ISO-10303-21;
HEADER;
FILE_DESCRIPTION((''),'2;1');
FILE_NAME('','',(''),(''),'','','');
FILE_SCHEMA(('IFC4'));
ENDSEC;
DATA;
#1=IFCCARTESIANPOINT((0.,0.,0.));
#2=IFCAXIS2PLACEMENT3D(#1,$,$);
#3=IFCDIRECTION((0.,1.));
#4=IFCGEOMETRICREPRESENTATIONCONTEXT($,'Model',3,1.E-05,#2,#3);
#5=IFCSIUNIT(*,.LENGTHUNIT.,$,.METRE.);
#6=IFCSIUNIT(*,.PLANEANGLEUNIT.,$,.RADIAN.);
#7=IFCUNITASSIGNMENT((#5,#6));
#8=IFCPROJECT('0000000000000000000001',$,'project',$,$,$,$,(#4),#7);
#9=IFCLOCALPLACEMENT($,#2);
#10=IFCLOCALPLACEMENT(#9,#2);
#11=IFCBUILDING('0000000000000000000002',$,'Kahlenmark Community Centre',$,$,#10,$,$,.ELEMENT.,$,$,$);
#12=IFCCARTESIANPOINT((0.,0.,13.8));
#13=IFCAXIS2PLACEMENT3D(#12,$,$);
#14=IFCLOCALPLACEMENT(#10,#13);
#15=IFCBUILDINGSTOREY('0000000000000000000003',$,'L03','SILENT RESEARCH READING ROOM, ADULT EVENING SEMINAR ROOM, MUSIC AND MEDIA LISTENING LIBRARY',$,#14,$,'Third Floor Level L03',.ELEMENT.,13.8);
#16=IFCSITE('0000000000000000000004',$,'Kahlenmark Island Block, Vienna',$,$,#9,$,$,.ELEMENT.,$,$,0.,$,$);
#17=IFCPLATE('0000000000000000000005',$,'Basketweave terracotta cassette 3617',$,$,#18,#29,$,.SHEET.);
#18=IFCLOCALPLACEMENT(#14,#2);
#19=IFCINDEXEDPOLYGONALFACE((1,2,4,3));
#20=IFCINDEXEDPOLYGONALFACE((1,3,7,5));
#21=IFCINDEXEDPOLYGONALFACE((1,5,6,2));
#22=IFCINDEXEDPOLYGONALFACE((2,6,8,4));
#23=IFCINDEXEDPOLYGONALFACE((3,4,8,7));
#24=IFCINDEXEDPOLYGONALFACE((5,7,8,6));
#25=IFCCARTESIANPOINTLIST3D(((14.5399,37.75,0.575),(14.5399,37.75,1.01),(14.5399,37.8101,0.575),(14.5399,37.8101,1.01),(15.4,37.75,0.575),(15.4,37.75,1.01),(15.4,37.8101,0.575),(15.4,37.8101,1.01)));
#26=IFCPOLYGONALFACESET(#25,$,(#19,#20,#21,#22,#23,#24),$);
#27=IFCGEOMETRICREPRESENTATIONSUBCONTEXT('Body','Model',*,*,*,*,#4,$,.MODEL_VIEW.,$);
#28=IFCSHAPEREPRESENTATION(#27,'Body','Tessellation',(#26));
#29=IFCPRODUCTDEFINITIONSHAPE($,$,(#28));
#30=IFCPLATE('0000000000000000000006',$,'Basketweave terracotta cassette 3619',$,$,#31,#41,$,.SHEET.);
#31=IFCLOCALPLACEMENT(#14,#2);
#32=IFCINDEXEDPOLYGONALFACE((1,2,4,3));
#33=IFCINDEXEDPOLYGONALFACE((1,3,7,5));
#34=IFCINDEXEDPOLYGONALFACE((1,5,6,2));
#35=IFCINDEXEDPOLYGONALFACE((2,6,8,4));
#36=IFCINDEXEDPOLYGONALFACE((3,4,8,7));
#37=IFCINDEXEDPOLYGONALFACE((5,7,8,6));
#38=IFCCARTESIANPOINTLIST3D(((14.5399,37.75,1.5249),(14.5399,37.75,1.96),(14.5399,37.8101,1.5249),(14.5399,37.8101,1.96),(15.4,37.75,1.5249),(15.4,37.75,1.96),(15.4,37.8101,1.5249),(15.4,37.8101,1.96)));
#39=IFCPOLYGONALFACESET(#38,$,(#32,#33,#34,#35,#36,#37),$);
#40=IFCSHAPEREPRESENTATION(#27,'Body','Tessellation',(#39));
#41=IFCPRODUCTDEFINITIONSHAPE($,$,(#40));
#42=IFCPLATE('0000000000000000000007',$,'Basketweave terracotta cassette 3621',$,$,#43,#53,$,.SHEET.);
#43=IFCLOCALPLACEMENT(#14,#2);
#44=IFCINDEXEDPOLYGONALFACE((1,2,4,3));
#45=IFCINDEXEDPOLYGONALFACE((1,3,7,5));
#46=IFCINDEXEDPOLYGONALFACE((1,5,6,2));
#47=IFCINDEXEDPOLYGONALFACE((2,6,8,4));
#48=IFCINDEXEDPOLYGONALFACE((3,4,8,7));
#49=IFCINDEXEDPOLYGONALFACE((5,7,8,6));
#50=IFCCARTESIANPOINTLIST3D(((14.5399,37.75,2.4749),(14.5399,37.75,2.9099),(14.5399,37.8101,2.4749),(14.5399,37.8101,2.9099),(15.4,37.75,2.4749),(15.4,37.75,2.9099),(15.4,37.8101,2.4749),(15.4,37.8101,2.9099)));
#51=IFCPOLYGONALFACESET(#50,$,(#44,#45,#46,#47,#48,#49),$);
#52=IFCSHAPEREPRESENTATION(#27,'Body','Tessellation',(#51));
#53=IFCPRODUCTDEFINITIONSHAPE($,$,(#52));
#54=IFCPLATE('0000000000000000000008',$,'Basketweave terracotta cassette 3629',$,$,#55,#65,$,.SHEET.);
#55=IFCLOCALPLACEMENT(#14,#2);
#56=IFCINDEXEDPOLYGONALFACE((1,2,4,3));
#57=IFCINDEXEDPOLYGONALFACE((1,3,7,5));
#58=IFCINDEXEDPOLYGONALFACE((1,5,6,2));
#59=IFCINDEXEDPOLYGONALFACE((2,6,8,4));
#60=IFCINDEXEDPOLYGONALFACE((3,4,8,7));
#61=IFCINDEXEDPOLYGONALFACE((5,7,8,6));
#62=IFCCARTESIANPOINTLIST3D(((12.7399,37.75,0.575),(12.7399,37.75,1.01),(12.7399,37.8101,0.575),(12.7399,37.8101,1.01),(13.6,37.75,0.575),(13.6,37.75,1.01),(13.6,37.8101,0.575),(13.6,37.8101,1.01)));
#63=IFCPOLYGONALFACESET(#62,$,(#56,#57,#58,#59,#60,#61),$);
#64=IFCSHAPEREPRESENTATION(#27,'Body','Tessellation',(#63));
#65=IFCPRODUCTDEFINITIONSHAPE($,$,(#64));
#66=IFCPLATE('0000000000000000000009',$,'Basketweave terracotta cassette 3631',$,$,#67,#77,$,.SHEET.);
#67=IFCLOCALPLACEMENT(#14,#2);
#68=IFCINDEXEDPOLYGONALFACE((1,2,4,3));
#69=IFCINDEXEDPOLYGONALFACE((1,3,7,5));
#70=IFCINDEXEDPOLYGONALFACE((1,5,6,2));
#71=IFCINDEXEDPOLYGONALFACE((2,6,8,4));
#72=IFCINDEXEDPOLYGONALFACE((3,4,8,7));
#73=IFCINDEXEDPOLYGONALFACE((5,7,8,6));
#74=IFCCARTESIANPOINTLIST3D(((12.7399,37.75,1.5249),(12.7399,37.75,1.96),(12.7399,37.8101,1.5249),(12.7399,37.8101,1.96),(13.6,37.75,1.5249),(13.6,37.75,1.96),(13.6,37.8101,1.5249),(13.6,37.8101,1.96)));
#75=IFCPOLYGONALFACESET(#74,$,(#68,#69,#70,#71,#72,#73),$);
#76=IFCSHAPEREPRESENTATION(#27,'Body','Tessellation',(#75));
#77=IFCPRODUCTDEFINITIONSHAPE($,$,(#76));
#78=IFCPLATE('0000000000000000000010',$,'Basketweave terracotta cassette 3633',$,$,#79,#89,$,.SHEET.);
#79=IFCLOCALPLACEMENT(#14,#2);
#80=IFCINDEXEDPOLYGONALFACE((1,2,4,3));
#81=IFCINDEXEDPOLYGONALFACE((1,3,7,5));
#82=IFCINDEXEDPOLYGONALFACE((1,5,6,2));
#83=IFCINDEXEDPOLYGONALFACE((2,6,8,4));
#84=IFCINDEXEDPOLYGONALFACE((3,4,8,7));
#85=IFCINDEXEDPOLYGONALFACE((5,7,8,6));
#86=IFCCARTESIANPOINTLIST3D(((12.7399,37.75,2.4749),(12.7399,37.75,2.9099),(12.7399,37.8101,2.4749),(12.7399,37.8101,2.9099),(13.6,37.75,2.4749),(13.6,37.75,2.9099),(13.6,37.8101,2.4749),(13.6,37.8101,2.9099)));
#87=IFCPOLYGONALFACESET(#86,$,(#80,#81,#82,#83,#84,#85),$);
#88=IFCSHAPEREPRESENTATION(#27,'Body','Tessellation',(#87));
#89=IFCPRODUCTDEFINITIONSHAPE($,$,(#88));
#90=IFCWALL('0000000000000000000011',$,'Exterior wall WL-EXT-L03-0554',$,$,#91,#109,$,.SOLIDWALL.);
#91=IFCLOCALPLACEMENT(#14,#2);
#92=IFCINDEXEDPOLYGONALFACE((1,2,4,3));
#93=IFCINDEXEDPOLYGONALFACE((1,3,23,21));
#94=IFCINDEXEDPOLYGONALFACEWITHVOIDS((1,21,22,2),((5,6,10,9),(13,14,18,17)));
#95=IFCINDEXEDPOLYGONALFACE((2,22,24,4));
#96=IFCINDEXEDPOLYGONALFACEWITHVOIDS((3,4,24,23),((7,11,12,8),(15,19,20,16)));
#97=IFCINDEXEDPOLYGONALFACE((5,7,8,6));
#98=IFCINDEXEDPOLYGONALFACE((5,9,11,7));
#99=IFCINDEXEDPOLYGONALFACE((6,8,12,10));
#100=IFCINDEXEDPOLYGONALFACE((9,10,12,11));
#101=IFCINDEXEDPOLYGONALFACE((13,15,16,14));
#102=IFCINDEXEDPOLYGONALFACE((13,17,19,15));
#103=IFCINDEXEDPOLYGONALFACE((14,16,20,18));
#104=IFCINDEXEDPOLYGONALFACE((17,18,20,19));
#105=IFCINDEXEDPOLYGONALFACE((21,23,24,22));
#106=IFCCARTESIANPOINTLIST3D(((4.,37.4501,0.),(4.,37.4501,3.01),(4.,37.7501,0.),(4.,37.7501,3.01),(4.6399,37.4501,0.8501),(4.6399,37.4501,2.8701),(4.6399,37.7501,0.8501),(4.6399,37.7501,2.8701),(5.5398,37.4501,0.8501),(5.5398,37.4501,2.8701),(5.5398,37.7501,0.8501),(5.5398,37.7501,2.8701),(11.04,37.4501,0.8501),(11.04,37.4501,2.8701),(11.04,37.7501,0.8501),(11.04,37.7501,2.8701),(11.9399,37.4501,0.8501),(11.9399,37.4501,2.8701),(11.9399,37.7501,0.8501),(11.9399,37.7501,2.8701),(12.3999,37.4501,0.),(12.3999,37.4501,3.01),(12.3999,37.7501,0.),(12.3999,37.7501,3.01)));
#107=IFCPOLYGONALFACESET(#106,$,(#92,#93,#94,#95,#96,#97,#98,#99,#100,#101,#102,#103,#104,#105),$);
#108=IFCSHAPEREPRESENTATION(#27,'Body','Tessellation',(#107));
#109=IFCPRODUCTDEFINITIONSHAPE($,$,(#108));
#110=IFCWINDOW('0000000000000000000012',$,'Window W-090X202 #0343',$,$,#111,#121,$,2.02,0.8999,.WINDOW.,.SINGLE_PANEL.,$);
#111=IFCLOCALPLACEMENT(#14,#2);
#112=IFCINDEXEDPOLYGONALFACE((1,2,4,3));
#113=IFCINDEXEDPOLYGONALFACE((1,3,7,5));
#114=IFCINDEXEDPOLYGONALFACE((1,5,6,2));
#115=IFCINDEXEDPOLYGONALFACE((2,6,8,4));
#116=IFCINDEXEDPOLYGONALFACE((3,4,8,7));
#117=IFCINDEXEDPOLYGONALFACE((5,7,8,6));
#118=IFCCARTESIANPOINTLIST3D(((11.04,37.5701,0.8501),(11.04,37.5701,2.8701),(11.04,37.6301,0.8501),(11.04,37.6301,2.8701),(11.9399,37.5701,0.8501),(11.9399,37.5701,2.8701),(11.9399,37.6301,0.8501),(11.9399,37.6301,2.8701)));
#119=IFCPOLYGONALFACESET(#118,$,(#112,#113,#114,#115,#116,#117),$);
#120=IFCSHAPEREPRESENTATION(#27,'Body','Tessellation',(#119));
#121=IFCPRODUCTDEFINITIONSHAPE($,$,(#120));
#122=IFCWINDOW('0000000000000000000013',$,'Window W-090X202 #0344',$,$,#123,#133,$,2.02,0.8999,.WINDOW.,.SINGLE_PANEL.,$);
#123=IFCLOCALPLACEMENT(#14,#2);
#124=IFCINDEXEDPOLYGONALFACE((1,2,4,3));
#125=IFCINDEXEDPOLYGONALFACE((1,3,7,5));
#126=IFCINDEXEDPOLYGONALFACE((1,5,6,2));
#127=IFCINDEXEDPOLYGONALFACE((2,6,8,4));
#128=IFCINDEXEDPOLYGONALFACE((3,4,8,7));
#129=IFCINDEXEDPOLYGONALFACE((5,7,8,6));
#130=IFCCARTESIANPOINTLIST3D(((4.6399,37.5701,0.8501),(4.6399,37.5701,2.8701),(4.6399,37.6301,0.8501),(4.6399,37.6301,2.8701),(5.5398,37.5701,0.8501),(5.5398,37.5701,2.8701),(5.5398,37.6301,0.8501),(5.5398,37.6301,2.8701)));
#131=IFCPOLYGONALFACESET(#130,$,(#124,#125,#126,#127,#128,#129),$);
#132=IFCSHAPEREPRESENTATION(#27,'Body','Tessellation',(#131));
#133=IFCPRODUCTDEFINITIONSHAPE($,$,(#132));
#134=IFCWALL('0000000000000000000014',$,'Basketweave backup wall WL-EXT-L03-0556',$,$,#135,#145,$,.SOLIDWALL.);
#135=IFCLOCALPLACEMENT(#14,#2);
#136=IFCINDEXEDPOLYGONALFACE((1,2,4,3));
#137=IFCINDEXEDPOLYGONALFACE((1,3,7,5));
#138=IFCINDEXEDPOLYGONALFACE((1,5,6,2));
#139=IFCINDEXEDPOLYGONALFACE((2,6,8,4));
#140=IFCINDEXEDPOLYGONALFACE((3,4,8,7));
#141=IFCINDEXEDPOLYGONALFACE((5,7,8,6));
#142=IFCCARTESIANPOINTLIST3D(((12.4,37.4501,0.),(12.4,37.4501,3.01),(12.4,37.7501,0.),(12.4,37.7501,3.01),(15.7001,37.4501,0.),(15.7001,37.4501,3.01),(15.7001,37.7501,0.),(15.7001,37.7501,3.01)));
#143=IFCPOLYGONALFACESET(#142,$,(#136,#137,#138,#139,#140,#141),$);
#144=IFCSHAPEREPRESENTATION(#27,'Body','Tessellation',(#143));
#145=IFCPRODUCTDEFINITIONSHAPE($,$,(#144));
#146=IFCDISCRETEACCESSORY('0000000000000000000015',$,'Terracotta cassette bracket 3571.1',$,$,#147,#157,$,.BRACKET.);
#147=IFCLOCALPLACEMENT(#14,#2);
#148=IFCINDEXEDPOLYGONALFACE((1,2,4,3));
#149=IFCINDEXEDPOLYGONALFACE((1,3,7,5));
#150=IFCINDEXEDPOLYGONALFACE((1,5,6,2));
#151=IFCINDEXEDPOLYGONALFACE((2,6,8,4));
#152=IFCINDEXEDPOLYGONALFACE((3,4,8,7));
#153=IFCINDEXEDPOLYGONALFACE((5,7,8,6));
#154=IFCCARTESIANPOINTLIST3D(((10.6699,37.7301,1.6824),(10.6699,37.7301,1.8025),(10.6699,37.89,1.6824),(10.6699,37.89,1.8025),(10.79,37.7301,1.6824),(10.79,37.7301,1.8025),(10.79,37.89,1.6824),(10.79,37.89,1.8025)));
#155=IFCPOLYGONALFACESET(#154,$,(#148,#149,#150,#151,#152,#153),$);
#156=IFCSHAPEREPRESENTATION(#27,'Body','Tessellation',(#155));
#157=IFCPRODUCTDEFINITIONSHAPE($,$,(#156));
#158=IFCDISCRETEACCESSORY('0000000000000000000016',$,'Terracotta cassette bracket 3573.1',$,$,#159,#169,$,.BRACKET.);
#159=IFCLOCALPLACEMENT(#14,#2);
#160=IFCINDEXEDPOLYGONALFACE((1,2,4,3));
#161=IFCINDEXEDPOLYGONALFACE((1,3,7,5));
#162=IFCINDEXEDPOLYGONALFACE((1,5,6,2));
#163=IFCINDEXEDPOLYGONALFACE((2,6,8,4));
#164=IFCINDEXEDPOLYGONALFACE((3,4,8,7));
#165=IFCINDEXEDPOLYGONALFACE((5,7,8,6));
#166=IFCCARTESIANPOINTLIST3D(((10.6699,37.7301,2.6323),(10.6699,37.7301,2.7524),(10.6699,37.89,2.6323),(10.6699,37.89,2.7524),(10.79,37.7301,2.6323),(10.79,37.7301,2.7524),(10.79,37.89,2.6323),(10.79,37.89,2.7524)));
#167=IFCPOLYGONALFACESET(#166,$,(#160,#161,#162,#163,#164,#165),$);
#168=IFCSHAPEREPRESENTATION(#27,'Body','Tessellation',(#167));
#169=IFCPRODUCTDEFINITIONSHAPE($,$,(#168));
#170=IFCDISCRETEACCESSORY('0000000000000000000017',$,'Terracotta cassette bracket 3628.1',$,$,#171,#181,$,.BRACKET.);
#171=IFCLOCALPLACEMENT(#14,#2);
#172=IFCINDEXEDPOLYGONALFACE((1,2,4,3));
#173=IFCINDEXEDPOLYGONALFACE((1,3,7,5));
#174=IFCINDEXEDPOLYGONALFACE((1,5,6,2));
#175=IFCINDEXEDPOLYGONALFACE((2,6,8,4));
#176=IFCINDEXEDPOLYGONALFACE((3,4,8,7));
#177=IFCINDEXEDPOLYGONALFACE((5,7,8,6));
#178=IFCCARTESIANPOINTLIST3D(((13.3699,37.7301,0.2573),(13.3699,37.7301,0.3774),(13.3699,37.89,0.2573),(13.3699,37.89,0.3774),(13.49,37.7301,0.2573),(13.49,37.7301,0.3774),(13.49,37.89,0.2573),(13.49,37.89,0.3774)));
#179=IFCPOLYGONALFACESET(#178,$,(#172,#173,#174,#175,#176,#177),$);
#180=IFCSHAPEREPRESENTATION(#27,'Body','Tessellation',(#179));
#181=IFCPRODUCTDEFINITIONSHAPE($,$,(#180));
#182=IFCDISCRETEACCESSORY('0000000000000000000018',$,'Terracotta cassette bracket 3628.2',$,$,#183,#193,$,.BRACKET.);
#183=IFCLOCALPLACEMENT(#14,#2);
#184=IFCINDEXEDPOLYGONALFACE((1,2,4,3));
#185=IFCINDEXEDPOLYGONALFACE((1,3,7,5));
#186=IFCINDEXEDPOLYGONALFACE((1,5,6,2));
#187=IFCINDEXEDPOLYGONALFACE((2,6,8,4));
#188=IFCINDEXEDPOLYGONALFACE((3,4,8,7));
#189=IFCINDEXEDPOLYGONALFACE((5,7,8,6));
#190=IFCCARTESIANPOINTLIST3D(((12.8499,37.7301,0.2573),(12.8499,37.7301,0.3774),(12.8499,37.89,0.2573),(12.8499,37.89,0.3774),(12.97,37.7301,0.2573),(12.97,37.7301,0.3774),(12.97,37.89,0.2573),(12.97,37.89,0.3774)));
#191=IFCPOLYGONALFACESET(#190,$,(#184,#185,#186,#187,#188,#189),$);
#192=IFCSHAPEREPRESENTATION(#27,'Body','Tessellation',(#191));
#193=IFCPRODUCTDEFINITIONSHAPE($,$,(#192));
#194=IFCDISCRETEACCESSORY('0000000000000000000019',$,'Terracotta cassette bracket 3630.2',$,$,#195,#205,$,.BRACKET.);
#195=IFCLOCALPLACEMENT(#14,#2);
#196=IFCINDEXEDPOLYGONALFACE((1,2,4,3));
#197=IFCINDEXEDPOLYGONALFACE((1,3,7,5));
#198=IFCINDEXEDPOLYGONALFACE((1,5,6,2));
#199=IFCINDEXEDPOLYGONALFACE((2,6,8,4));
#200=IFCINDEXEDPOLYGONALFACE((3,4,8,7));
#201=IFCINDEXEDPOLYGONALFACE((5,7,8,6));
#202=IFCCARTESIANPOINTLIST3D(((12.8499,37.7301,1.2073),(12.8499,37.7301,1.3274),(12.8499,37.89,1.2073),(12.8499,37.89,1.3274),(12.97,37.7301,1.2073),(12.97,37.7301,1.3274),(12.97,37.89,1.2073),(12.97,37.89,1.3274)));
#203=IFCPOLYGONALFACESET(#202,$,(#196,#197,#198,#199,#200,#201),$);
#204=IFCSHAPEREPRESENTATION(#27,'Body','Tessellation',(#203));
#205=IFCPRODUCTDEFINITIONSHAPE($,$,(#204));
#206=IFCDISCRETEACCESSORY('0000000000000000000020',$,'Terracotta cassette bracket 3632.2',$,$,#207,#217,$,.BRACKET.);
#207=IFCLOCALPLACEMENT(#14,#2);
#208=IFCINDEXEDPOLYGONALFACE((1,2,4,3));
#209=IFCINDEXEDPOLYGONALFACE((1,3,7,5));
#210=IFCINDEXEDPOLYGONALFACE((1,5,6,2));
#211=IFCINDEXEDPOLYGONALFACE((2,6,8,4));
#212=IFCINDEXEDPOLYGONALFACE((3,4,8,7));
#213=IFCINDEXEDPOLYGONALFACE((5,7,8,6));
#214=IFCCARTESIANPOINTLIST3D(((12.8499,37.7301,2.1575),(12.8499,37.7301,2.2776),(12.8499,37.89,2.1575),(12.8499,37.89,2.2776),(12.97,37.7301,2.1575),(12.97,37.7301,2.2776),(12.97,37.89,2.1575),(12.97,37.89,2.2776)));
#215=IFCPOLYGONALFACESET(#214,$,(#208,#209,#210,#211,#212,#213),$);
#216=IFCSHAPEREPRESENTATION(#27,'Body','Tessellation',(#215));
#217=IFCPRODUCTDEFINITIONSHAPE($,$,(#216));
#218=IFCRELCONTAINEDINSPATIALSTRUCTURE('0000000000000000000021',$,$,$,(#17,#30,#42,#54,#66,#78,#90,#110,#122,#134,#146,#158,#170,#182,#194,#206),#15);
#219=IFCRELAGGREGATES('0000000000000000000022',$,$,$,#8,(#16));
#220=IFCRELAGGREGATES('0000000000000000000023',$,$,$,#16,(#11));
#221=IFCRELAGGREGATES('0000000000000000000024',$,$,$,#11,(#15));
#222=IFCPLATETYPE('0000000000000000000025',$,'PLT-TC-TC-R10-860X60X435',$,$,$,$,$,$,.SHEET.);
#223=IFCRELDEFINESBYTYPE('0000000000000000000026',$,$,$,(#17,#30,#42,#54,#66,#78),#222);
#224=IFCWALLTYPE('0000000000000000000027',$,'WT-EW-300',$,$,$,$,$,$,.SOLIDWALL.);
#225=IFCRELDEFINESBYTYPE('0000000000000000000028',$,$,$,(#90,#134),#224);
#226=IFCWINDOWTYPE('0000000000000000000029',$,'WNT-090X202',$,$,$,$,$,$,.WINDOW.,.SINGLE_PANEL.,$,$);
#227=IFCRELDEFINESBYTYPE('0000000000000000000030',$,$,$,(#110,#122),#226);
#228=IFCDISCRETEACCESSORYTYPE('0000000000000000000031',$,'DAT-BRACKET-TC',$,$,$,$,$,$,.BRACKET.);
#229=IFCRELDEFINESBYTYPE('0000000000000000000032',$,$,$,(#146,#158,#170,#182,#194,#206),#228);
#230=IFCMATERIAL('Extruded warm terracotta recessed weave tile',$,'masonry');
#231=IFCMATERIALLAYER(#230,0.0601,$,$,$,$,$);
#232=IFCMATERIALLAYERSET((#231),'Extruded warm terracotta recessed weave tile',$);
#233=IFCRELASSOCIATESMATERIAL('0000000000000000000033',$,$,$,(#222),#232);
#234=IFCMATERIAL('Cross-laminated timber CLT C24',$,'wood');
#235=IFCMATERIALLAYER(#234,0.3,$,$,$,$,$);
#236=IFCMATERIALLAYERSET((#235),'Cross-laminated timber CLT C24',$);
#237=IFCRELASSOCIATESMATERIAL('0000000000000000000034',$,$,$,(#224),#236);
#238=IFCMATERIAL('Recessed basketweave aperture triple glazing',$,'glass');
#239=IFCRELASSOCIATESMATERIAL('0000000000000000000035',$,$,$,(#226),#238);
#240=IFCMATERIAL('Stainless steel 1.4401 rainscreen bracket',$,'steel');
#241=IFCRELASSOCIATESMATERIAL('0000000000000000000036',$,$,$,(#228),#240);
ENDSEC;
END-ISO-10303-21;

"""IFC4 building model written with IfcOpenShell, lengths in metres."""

from ifc_helpers import new_model, si_unit, direction, frame, frame_2d, origin, origin_2d, place, context, subcontext, project, spatial, rectangle, extrude, material, layer, layer_set, type_object, element, fill, save


model = new_model("IFC4")

# Units and contexts
model_context = context("Model", 3, precision=1e-05, world=origin(), true_north=direction((0.0, 1.0)))
body_context = subcontext(model_context, "Body", "Model", "MODEL_VIEW")
ifc_project = project(units=[si_unit("LENGTHUNIT", "METRE"), si_unit("PLANEANGLEUNIT", "RADIAN")], contexts=[model_context])

# Site, building, storey
site_placement = place(None, origin())
site = spatial("IfcSite", under=ifc_project, at=site_placement, Name="Kahlenmark Island Block, Vienna", CompositionType="ELEMENT", RefElevation=0.0)
building_placement = place(site_placement, origin())
building = spatial("IfcBuilding", under=site, at=building_placement, Name="Kahlenmark Community Centre", CompositionType="ELEMENT")
storey_placement = place(building_placement, frame((0.0, 0.0, 13.8)))
storey = spatial("IfcBuildingStorey", under=building, at=storey_placement, Name="L03", Description="SILENT RESEARCH READING ROOM, ADULT EVENING SEMINAR ROOM, MUSIC AND MEDIA LISTENING LIBRARY", LongName="Third Floor Level L03", CompositionType="ELEMENT", Elevation=13.8)

# Plates
ifc_material_1 = material(Name="Extruded warm terracotta recessed weave tile", Category="masonry")
ifc_layer_1 = layer(ifc_material_1, 0.0601)
ifc_layer_set_1 = layer_set([ifc_layer_1], Name="Extruded warm terracotta recessed weave tile")
plate_type_1 = type_object("IfcPlateType", Name="PLT-TC-TC-R10-860X60X435", PredefinedType="SHEET", material=ifc_layer_set_1)
for number, where, z_axis, x_axis, name in (
    (1, (14.97, 37.78, 0.575), (0.0, 0.0, 1.0), (-1.0, 0.0, 0.0), "Basketweave terracotta cassette 3617"),
    (2, (14.97, 37.78, 1.5249), (0.0, 0.0, 1.0), (-1.0, 0.0, 0.0), "Basketweave terracotta cassette 3619"),
    (3, (14.97, 37.78, 2.4749), (0.0, 0.0, 1.0), (-1.0, 0.0, 0.0), "Basketweave terracotta cassette 3621"),
    (4, (13.1699, 37.78, 0.575), (0.0, 0.0, 1.0), (-1.0, 0.0, 0.0), "Basketweave terracotta cassette 3629"),
    (5, (13.1699, 37.78, 1.5249), (0.0, 0.0, 1.0), (-1.0, 0.0, 0.0), "Basketweave terracotta cassette 3631"),
    (6, (13.1699, 37.78, 2.4749), (0.0, 0.0, 1.0), (-1.0, 0.0, 0.0), "Basketweave terracotta cassette 3633"),
):
    element("IfcPlate", number, at=place(storey_placement, frame(where, z_axis=z_axis, x_axis=x_axis)), inside=storey, type_object=plate_type_1, Name=name, PredefinedType="SHEET", context=body_context, shape_type="SweptSolid", body=[
        extrude(rectangle(XDim=0.8601, YDim=0.0601, at=origin_2d()), origin(), (0.0, 0.0, 1.0), 0.4351),
    ])

# Wall, openings, windows
ifc_material_2 = material(Name="Cross-laminated timber CLT C24", Category="wood")
ifc_layer_2 = layer(ifc_material_2, 0.3)
ifc_layer_set_2 = layer_set([ifc_layer_2], Name="Cross-laminated timber CLT C24")
wall_type = type_object("IfcWallType", Name="WT-EW-300", PredefinedType="SOLIDWALL", material=ifc_layer_set_2)
wall_1_placement = place(storey_placement, frame((12.3999, 37.6001, 0.0), z_axis=(0.0, 0.0, 1.0), x_axis=(-1.0, 0.0, 0.0)))
wall_1 = element("IfcWall", 7, at=wall_1_placement, inside=storey, type_object=wall_type, Name="Exterior wall WL-EXT-L03-0554", PredefinedType="SOLIDWALL", context=body_context, shape_type="SweptSolid", body=[
    extrude(rectangle(XDim=8.3999, YDim=0.3, at=frame_2d((4.2, 0.0))), origin(), (0.0, 0.0, 1.0), 3.01),
])
opening_1_placement = place(wall_1_placement, frame((0.46, 0.0, 0.8501)))
opening_1 = element("IfcOpeningElement", 8, at=opening_1_placement, cuts=wall_1, PredefinedType="OPENING", context=body_context, shape_type="SweptSolid", body=[
    extrude(rectangle(XDim=0.8999, YDim=2.02, at=frame_2d((0.45, 1.01))), frame((0.0, 0.1599, 0.0), z_axis=(0.0, -1.0, 0.0), x_axis=(1.0, 0.0, 0.0)), (0.0, 0.0, 1.0), 0.3201),
])
opening_2_placement = place(wall_1_placement, frame((6.8601, 0.0, 0.8501)))
opening_2 = element("IfcOpeningElement", 9, at=opening_2_placement, cuts=wall_1, PredefinedType="OPENING", context=body_context, shape_type="SweptSolid", body=[
    extrude(rectangle(XDim=0.8999, YDim=2.02, at=frame_2d((0.45, 1.01))), frame((0.0, 0.1599, 0.0), z_axis=(0.0, -1.0, 0.0), x_axis=(1.0, 0.0, 0.0)), (0.0, 0.0, 1.0), 0.3201),
])
ifc_material_3 = material(Name="Recessed basketweave aperture triple glazing", Category="glass")
window_type = type_object("IfcWindowType", Name="WNT-090X202", PartitioningType="SINGLE_PANEL", PredefinedType="WINDOW", material=ifc_material_3)
window_1_placement = place(opening_1_placement, origin())
window_1 = element("IfcWindow", 10, at=window_1_placement, inside=storey, type_object=window_type, Name="Window W-090X202 #0343", OverallHeight=2.02, OverallWidth=0.8999, PartitioningType="SINGLE_PANEL", PredefinedType="WINDOW", context=body_context, shape_type="SweptSolid", body=[
    extrude(rectangle(XDim=0.8999, YDim=2.02, at=frame_2d((0.45, 1.01))), frame((0.0, 0.03, 0.0), z_axis=(0.0, -1.0, 0.0), x_axis=(1.0, 0.0, 0.0)), (0.0, 0.0, 1.0), 0.0601),
])
fill(opening_1, window_1)
window_2_placement = place(opening_2_placement, origin())
window_2 = element("IfcWindow", 11, at=window_2_placement, inside=storey, type_object=window_type, Name="Window W-090X202 #0344", OverallHeight=2.02, OverallWidth=0.8999, PartitioningType="SINGLE_PANEL", PredefinedType="WINDOW", context=body_context, shape_type="SweptSolid", body=[
    extrude(rectangle(XDim=0.8999, YDim=2.02, at=frame_2d((0.45, 1.01))), frame((0.0, 0.03, 0.0), z_axis=(0.0, -1.0, 0.0), x_axis=(1.0, 0.0, 0.0)), (0.0, 0.0, 1.0), 0.0601),
])
fill(opening_2, window_2)

# Wall
wall_2_placement = place(storey_placement, frame((15.7, 37.6001, 0.0), z_axis=(0.0, 0.0, 1.0), x_axis=(-1.0, 0.0, 0.0)))
element("IfcWall", 12, at=wall_2_placement, inside=storey, type_object=wall_type, Name="Basketweave backup wall WL-EXT-L03-0556", PredefinedType="SOLIDWALL", context=body_context, shape_type="SweptSolid", body=[
    extrude(rectangle(XDim=3.3, YDim=0.3, at=frame_2d((1.6499, 0.0))), origin(), (0.0, 0.0, 1.0), 3.01),
])

# Discrete accessories
ifc_material_4 = material(Name="Stainless steel 1.4401 rainscreen bracket", Category="steel")
discrete_accessory_type = type_object("IfcDiscreteAccessoryType", Name="DAT-BRACKET-TC", PredefinedType="BRACKET", material=ifc_material_4)
for number, where, z_axis, x_axis, name in (
    (13, (10.73, 37.8101, 1.6824), (0.0, 0.0, 1.0), (-1.0, 0.0, 0.0), "Terracotta cassette bracket 3571.1"),
    (14, (10.73, 37.8101, 2.6323), (0.0, 0.0, 1.0), (-1.0, 0.0, 0.0), "Terracotta cassette bracket 3573.1"),
    (15, (13.4299, 37.8101, 0.2573), (0.0, 0.0, 1.0), (-1.0, 0.0, 0.0), "Terracotta cassette bracket 3628.1"),
    (16, (12.9099, 37.8101, 0.2573), (0.0, 0.0, 1.0), (-1.0, 0.0, 0.0), "Terracotta cassette bracket 3628.2"),
    (17, (12.9099, 37.8101, 1.2073), (0.0, 0.0, 1.0), (-1.0, 0.0, 0.0), "Terracotta cassette bracket 3630.2"),
    (18, (12.9099, 37.8101, 2.1575), (0.0, 0.0, 1.0), (-1.0, 0.0, 0.0), "Terracotta cassette bracket 3632.2"),
):
    element("IfcDiscreteAccessory", number, at=place(storey_placement, frame(where, z_axis=z_axis, x_axis=x_axis)), inside=storey, type_object=discrete_accessory_type, Name=name, PredefinedType="BRACKET", context=body_context, shape_type="SweptSolid", body=[
        extrude(rectangle(XDim=0.1201, YDim=0.1599, at=origin_2d()), origin(), (0.0, 0.0, 1.0), 0.1201),
    ])

save(model, "model.ifc")
